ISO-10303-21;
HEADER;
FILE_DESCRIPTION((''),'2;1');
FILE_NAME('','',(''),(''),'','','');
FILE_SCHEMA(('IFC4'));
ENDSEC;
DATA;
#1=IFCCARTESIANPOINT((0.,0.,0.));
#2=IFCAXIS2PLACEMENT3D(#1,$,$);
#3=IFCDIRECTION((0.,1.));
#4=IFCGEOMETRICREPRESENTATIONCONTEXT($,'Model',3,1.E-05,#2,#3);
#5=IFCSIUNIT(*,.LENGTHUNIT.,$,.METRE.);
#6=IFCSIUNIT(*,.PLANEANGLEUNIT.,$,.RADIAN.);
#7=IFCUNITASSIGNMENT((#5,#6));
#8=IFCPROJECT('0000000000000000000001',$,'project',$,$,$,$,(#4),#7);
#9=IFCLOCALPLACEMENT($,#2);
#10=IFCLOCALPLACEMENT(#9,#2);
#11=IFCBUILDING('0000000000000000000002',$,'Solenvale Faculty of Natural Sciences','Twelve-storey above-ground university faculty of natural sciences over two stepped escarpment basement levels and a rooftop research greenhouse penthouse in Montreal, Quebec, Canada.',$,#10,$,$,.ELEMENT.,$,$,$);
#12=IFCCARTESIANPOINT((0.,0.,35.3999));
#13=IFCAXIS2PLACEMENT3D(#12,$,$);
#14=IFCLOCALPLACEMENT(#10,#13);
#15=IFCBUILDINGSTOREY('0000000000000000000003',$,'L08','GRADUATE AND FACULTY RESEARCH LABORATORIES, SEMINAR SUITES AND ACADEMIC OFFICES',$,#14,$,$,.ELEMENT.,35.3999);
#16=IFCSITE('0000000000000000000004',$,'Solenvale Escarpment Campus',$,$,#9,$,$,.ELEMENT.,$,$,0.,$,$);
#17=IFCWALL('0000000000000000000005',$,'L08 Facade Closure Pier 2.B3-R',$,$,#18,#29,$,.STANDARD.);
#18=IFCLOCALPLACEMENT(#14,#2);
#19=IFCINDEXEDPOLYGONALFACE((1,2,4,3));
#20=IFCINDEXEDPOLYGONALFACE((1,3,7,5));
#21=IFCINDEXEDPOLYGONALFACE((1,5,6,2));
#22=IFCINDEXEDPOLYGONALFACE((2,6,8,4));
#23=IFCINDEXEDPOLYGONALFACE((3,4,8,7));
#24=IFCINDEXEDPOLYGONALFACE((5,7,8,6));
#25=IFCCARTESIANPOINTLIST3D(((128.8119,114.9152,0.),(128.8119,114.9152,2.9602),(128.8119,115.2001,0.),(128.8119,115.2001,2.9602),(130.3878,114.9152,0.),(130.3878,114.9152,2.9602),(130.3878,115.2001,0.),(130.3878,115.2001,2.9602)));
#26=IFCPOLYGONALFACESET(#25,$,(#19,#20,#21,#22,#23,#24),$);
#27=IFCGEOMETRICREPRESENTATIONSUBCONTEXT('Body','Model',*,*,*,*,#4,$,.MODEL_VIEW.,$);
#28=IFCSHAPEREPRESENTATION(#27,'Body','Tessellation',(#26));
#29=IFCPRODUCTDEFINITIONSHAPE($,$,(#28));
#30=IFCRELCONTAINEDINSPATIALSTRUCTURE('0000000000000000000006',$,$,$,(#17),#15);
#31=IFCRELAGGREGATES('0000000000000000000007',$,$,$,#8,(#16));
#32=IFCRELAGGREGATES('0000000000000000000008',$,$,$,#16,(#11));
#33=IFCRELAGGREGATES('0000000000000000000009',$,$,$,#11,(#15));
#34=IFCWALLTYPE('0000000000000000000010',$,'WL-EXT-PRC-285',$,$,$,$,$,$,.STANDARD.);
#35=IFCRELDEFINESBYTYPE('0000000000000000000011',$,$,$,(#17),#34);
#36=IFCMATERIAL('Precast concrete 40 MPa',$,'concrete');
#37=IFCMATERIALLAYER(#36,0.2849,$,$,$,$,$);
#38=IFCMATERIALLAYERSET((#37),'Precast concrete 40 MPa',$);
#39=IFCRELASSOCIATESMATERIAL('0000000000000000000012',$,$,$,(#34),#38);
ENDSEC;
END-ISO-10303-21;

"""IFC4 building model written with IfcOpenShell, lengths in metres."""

from ifc_helpers import new_model, si_unit, direction, frame, frame_2d, origin, place, context, subcontext, project, spatial, rectangle, extrude, material, layer, layer_set, type_object, element, save


model = new_model("IFC4")

# Units and contexts
model_context = context("Model", 3, precision=1e-05, world=origin(), true_north=direction((0.0, 1.0)))
body_context = subcontext(model_context, "Body", "Model", "MODEL_VIEW")
ifc_project = project(units=[si_unit("LENGTHUNIT", "METRE"), si_unit("PLANEANGLEUNIT", "RADIAN")], contexts=[model_context])

# Site, building, storey
site_placement = place(None, origin())
site = spatial("IfcSite", under=ifc_project, at=site_placement, Name="Solenvale Escarpment Campus", CompositionType="ELEMENT", RefElevation=0.0)
building_placement = place(site_placement, origin())
building = spatial("IfcBuilding", under=site, at=building_placement, Name="Solenvale Faculty of Natural Sciences", Description="Twelve-storey above-ground university faculty of natural sciences over two stepped escarpment basement levels and a rooftop research greenhouse penthouse in Montreal, Quebec, Canada.", CompositionType="ELEMENT")
storey_placement = place(building_placement, frame((0.0, 0.0, 35.3999)))
storey = spatial("IfcBuildingStorey", under=building, at=storey_placement, Name="L08", Description="GRADUATE AND FACULTY RESEARCH LABORATORIES, SEMINAR SUITES AND ACADEMIC OFFICES", CompositionType="ELEMENT", Elevation=35.3999)

# Shared definitions
ifc_material_1 = material(Name="Precast concrete 40 MPa", Category="concrete")

# Wall
ifc_layer_1 = layer(ifc_material_1, 0.2849)
ifc_layer_set_1 = layer_set([ifc_layer_1], Name="Precast concrete 40 MPa")
wall_type = type_object("IfcWallType", Name="WL-EXT-PRC-285", PredefinedType="STANDARD", material=ifc_layer_set_1)
wall_placement = place(storey_placement, frame((130.3879, 115.0576, 0.0), z_axis=(0.0, 0.0, 1.0), x_axis=(-1.0, 0.0, 0.0)))
element("IfcWall", 1, at=wall_placement, inside=storey, type_object=wall_type, Name="L08 Facade Closure Pier 2.B3-R", PredefinedType="STANDARD", context=body_context, shape_type="SweptSolid", body=[
    extrude(rectangle(XDim=1.5759, YDim=0.2849, at=frame_2d((0.7881, 0.0))), origin(), (0.0, 0.0, 1.0), 2.9602),
])

save(model, "model.ifc")
